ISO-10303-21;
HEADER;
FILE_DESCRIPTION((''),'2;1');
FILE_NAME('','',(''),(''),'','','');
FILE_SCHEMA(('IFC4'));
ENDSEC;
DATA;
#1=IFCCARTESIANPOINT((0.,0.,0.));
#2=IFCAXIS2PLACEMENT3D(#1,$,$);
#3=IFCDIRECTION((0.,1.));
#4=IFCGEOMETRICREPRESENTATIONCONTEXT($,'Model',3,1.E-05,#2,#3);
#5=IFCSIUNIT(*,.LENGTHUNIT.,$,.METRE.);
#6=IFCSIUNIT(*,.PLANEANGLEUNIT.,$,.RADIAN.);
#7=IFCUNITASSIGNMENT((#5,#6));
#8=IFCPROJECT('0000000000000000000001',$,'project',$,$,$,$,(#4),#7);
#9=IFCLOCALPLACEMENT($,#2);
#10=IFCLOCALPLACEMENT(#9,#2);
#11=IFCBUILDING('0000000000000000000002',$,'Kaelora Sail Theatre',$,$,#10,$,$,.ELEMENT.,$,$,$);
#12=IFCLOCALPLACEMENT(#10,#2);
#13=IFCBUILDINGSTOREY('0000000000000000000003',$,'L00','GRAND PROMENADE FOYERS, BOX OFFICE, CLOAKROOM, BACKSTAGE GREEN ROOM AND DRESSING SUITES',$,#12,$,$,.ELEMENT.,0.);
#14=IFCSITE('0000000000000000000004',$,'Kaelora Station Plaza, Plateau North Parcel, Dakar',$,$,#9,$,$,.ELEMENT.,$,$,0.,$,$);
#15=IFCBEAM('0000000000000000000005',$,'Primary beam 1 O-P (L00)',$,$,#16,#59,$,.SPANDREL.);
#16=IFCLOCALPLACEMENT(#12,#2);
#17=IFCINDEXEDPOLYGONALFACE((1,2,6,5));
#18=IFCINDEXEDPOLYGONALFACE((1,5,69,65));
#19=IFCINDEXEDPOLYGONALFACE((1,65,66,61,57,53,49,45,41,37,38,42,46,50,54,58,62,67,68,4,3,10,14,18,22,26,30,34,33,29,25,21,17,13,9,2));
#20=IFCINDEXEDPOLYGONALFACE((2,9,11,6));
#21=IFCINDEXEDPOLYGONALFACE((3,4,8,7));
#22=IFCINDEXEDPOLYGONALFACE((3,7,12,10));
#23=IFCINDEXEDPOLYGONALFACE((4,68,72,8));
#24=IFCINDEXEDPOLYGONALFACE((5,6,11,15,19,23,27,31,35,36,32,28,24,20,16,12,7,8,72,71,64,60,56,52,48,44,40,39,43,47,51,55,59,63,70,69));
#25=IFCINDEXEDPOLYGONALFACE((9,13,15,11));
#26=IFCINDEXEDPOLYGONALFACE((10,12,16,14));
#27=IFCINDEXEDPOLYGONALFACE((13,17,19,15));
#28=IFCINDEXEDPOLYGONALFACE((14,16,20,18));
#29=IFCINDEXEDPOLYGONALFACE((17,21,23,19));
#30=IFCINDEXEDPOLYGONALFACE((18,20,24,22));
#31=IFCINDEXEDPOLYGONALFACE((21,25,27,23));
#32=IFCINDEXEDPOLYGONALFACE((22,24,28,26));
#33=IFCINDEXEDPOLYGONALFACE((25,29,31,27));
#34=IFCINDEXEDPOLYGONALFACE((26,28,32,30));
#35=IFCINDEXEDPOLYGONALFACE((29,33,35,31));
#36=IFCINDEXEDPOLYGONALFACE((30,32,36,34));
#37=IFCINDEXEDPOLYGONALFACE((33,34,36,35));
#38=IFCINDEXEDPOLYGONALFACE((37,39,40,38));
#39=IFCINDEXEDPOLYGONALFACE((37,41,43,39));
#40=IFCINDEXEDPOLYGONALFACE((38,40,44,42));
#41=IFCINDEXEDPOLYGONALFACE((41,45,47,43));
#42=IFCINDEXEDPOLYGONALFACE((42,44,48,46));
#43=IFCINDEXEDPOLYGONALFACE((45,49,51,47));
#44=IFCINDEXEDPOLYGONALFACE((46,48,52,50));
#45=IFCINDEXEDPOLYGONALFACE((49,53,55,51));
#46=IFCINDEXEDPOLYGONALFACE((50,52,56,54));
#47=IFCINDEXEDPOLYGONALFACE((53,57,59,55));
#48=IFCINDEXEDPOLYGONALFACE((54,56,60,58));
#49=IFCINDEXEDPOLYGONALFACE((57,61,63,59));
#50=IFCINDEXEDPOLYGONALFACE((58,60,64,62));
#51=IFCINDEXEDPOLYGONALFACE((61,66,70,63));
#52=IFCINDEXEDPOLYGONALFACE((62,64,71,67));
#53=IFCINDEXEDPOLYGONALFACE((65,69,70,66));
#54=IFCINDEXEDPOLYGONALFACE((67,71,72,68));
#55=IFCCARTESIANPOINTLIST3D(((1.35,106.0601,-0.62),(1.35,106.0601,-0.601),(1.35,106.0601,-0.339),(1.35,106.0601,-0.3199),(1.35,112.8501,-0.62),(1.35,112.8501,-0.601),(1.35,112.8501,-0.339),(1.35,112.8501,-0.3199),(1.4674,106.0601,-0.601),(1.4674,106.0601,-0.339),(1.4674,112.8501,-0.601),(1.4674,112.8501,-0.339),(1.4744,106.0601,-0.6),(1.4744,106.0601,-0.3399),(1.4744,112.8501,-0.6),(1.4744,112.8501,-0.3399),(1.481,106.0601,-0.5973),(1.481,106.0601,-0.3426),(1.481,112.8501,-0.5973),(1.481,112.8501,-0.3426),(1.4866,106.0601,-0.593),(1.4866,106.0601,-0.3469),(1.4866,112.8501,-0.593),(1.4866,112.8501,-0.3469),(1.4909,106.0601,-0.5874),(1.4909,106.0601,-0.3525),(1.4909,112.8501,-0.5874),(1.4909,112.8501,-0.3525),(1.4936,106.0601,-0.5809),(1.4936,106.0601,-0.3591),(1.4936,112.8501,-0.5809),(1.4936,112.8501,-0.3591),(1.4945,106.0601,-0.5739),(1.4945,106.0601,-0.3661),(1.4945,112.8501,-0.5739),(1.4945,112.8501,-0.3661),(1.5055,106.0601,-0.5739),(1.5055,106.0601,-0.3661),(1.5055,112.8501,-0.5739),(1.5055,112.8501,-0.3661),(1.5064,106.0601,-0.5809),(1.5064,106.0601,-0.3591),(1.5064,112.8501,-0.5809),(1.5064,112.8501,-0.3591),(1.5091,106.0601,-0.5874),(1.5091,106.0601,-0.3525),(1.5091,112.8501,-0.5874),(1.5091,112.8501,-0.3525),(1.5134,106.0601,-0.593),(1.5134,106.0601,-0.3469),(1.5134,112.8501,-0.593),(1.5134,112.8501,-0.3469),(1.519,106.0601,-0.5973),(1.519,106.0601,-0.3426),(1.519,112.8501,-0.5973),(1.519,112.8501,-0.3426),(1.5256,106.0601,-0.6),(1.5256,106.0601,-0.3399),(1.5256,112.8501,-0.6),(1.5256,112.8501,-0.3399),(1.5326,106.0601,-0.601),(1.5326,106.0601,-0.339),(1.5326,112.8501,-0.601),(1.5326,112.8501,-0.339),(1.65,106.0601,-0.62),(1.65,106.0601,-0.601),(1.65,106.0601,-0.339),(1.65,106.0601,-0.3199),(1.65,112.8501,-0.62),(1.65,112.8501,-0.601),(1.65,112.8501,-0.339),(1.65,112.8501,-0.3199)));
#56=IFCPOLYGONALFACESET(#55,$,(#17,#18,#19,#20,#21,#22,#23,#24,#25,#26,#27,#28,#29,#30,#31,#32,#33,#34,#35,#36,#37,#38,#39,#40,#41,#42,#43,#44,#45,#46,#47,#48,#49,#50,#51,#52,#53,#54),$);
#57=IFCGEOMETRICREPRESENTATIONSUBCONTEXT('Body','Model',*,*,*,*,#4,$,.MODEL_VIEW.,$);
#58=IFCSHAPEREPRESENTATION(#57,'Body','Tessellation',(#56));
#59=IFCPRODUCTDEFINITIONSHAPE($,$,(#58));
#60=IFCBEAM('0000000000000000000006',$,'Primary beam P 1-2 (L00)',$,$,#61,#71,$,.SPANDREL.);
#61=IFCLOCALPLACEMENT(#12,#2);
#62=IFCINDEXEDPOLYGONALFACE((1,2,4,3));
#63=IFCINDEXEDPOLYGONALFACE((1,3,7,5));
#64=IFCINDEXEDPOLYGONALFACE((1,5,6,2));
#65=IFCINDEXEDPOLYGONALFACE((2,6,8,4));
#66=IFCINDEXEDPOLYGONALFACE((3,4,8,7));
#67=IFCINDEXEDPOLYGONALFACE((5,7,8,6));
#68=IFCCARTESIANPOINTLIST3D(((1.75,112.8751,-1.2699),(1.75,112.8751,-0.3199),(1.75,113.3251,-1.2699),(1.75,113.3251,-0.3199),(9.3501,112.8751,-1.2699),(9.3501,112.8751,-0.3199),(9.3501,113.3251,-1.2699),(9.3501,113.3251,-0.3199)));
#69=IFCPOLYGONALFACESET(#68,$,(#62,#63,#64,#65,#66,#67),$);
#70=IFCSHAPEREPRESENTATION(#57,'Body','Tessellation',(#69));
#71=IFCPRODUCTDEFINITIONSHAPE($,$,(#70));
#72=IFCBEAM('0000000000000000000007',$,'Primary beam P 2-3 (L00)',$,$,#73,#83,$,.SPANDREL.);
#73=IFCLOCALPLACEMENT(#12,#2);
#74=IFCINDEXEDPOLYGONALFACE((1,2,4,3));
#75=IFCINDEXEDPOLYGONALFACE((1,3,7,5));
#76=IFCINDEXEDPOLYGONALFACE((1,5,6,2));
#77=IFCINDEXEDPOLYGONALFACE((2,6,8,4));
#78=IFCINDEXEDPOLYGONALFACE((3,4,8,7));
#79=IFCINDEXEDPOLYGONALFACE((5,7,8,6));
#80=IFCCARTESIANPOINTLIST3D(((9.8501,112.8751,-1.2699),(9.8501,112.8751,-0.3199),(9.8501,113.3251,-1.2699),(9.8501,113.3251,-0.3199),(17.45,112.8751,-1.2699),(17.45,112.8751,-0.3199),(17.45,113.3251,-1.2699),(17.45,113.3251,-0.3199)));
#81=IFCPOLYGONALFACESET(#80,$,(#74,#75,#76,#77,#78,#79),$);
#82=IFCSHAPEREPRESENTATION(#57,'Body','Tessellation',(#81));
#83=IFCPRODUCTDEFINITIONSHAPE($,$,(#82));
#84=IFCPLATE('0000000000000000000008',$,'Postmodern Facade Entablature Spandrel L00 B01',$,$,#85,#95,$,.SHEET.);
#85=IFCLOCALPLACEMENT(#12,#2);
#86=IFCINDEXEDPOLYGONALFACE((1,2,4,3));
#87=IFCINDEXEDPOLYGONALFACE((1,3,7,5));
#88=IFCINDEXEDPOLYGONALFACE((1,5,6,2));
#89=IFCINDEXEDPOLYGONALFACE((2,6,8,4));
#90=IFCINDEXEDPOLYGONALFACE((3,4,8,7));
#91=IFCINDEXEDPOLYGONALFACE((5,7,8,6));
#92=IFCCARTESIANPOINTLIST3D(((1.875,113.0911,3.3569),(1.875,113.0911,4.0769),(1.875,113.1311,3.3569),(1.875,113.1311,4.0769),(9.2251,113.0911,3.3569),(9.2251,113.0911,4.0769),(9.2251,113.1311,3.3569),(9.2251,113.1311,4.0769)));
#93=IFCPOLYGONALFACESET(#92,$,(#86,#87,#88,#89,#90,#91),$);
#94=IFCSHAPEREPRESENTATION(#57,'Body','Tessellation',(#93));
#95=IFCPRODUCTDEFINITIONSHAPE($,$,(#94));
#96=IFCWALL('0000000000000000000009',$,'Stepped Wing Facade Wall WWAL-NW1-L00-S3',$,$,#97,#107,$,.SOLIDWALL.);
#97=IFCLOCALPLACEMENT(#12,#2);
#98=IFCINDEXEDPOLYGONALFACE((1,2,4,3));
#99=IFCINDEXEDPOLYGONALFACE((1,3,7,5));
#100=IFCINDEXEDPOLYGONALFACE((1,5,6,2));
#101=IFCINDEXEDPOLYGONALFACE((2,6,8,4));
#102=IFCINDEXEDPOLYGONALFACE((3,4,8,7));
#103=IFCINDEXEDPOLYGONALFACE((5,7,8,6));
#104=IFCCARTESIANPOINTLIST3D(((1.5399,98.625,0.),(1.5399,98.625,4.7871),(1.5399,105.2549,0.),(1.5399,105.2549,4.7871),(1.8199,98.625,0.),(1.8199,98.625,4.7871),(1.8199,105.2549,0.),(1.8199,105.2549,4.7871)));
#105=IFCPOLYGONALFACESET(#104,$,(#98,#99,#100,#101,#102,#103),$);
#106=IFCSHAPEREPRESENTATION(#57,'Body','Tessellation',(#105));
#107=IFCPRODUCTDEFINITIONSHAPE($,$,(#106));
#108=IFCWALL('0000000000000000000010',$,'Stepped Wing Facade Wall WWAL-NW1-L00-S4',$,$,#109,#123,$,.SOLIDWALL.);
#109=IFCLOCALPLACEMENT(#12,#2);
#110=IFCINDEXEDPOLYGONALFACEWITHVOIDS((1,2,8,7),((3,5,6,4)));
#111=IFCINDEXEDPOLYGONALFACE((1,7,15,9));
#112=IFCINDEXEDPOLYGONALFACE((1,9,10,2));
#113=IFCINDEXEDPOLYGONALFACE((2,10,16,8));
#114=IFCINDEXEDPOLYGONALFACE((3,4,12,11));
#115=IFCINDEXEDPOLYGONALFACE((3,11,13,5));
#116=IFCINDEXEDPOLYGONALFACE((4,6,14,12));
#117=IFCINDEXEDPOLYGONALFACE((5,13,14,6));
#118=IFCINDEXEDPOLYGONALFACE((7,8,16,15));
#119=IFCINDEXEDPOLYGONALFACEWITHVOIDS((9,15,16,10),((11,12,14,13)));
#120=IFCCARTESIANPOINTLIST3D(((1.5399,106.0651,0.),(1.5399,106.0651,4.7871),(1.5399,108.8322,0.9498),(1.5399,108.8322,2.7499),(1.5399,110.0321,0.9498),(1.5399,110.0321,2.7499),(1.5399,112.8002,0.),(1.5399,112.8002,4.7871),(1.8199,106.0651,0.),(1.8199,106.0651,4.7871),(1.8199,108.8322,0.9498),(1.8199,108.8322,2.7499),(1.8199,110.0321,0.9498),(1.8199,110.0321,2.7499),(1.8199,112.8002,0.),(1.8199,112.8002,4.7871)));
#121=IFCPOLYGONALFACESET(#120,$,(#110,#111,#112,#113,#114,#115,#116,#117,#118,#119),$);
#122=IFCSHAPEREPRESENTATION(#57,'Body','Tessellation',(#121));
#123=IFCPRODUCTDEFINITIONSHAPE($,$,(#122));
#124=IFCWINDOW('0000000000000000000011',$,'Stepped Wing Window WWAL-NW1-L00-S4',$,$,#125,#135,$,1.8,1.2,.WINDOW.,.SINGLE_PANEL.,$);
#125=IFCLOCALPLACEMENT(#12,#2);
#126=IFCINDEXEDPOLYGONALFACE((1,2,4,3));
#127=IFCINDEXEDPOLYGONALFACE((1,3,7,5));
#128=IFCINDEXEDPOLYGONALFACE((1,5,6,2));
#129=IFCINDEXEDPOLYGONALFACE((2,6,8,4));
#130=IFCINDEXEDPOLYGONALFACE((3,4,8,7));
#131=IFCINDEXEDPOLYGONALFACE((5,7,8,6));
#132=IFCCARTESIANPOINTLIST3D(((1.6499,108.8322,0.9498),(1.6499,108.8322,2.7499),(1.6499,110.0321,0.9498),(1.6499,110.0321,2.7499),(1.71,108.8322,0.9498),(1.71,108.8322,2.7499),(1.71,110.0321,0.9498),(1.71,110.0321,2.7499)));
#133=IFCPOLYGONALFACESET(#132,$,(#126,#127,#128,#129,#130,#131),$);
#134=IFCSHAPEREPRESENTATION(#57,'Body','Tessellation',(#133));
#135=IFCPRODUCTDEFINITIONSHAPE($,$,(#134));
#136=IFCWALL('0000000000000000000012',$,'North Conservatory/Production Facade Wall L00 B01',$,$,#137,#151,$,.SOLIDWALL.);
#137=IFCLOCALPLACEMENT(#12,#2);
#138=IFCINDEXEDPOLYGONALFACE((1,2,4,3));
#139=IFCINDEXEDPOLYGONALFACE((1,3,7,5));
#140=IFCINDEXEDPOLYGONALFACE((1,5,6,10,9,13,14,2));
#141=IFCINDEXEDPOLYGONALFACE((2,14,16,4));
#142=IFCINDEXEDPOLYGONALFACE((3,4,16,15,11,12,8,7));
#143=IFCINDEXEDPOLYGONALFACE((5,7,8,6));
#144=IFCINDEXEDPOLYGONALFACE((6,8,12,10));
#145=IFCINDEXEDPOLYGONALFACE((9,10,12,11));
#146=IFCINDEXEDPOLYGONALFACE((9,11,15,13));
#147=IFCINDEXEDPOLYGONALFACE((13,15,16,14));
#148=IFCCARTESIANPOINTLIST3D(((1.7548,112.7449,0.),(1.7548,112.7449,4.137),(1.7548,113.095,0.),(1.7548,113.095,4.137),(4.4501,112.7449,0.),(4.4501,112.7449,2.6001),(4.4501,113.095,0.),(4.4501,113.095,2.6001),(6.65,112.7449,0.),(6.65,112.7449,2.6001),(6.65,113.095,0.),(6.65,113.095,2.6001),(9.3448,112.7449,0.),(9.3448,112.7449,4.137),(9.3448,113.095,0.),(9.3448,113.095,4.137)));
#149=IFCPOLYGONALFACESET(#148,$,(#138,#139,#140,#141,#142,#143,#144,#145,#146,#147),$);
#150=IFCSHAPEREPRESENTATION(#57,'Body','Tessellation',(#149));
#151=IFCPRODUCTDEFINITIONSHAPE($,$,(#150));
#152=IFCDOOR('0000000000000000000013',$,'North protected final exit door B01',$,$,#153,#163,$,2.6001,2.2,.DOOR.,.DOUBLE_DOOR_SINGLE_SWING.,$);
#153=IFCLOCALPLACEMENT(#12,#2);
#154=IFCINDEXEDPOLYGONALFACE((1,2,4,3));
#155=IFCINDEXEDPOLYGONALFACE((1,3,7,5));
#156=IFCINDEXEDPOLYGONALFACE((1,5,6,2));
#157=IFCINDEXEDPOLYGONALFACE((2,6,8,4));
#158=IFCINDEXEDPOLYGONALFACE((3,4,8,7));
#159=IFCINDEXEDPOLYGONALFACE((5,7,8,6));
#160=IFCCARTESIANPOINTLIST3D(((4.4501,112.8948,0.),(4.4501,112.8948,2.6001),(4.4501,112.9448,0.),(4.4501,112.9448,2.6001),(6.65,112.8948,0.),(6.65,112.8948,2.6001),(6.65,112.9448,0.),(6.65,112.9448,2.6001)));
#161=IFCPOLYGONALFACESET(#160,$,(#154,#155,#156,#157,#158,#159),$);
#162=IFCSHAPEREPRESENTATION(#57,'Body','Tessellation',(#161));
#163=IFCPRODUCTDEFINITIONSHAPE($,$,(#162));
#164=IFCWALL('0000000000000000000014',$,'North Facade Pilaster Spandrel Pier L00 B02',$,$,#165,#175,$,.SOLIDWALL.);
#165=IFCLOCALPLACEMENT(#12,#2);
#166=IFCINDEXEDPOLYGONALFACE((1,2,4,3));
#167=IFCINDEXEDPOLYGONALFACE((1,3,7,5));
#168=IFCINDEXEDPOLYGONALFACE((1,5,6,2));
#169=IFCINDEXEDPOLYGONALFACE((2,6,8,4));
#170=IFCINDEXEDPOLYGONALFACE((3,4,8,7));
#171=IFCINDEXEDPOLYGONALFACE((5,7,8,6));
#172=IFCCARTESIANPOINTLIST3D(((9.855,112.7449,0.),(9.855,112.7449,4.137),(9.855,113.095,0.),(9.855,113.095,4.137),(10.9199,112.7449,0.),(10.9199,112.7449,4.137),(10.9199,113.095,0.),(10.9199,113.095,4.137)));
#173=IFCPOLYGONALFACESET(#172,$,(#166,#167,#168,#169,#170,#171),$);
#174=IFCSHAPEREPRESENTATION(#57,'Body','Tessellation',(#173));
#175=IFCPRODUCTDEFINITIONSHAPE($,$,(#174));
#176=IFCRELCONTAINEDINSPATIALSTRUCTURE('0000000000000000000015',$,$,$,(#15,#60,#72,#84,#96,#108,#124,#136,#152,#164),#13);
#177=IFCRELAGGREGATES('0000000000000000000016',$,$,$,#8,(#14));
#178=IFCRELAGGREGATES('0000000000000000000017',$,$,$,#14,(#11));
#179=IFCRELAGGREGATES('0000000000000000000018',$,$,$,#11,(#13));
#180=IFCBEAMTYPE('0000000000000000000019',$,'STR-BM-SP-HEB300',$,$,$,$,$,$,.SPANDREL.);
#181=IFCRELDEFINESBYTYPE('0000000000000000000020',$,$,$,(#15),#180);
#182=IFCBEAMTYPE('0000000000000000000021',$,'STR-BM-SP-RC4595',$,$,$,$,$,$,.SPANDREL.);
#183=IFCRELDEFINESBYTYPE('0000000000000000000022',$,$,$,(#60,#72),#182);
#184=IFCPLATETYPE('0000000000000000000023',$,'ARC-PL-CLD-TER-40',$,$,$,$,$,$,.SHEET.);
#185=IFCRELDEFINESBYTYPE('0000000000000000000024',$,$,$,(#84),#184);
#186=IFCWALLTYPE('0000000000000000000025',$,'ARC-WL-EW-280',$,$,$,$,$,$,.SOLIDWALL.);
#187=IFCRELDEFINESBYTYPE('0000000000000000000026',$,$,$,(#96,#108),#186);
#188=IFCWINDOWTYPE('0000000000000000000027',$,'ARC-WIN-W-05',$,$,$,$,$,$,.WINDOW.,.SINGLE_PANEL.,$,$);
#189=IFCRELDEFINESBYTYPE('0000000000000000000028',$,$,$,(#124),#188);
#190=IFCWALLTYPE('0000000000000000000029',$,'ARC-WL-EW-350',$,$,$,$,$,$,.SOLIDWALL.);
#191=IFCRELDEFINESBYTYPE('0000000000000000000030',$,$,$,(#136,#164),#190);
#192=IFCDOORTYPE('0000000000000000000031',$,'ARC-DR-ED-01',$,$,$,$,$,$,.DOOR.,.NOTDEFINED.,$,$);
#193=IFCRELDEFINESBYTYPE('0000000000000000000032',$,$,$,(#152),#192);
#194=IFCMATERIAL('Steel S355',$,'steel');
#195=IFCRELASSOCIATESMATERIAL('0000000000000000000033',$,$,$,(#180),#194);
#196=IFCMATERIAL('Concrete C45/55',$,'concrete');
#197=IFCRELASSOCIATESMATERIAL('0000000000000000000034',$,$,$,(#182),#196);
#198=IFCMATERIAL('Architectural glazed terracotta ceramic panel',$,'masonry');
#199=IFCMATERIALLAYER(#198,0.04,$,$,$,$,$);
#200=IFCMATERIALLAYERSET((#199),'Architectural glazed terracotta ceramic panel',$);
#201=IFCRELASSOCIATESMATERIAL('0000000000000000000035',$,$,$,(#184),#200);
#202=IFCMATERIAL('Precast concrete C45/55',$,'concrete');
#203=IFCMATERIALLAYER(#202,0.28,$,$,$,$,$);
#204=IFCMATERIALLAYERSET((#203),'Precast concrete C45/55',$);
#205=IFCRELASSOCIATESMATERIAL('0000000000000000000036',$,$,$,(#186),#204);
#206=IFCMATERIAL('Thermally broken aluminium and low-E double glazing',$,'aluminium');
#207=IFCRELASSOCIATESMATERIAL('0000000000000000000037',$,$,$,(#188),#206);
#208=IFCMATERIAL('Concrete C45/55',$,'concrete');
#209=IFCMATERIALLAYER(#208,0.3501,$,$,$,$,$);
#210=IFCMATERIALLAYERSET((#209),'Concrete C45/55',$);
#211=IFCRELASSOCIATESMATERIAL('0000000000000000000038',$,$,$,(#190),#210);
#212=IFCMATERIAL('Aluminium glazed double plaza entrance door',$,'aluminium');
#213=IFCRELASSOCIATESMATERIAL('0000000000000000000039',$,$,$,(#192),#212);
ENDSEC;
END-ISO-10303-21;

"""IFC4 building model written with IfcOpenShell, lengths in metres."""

from ifc_helpers import new_model, si_unit, direction, frame, frame_2d, origin, origin_2d, place, context, subcontext, project, spatial, rectangle, i_section, extrude, material, layer, layer_set, material_profile, profile_set, type_object, element, fill, save


model = new_model("IFC4")

# Units and contexts
model_context = context("Model", 3, precision=1e-05, world=origin(), true_north=direction((0.0, 1.0)))
body_context = subcontext(model_context, "Body", "Model", "MODEL_VIEW")
ifc_project = project(units=[si_unit("LENGTHUNIT", "METRE"), si_unit("PLANEANGLEUNIT", "RADIAN")], contexts=[model_context])

# Site, building, storey
site_placement = place(None, origin())
site = spatial("IfcSite", under=ifc_project, at=site_placement, Name="Kaelora Station Plaza, Plateau North Parcel, Dakar", CompositionType="ELEMENT", RefElevation=0.0)
building_placement = place(site_placement, origin())
building = spatial("IfcBuilding", under=site, at=building_placement, Name="Kaelora Sail Theatre", CompositionType="ELEMENT")
storey_placement = place(building_placement, origin())
storey = spatial("IfcBuildingStorey", under=building, at=storey_placement, Name="L00", Description="GRAND PROMENADE FOYERS, BOX OFFICE, CLOAKROOM, BACKSTAGE GREEN ROOM AND DRESSING SUITES", CompositionType="ELEMENT", Elevation=0.0)

# Beams
ifc_material_1 = material(Name="Steel S355", Category="steel")
ifc_material_profile_1 = material_profile(ifc_material_1, i_section(OverallWidth=0.3, OverallDepth=0.3, WebThickness=0.011, FlangeThickness=0.019, FilletRadius=0.0271, at=origin_2d()), Name="HEB 300")
ifc_profile_set_1 = profile_set([ifc_material_profile_1], Name="Steel S355")
beam_type_1 = type_object("IfcBeamType", Name="STR-BM-SP-HEB300", PredefinedType="SPANDREL", material=ifc_profile_set_1)
beam_1_placement = place(storey_placement, frame((1.5, 106.0601, -0.47), z_axis=(0.0, 1.0, 0.0), x_axis=(-1.0, 0.0, 0.0)))
element("IfcBeam", 1, at=beam_1_placement, inside=storey, type_object=beam_type_1, Name="Primary beam 1 O-P (L00)", PredefinedType="SPANDREL", context=body_context, shape_type="SweptSolid", body=[
    extrude(i_section(OverallWidth=0.3, OverallDepth=0.3, WebThickness=0.011, FlangeThickness=0.019, FilletRadius=0.0271, at=origin_2d()), origin(), (0.0, 0.0, 1.0), 6.79),
])
ifc_material_2 = material(Name="Concrete C45/55", Category="concrete")
ifc_material_profile_2 = material_profile(ifc_material_2, rectangle(XDim=0.45, YDim=0.95, at=origin_2d()), Name="RC-SPN 450x950")
ifc_profile_set_2 = profile_set([ifc_material_profile_2], Name="Concrete C45/55")
beam_type_2 = type_object("IfcBeamType", Name="STR-BM-SP-RC4595", PredefinedType="SPANDREL", material=ifc_profile_set_2)
beam_2_placement = place(storey_placement, frame((1.75, 113.1001, -0.7949), z_axis=(1.0, 0.0, 0.0), x_axis=(0.0, 1.0, 0.0)))
element("IfcBeam", 2, at=beam_2_placement, inside=storey, type_object=beam_type_2, Name="Primary beam P 1-2 (L00)", PredefinedType="SPANDREL", context=body_context, shape_type="SweptSolid", body=[
    extrude(rectangle(XDim=0.45, YDim=0.95, at=origin_2d()), origin(), (0.0, 0.0, 1.0), 7.6001),
])
beam_3_placement = place(storey_placement, frame((9.8501, 113.1001, -0.7949), z_axis=(1.0, 0.0, 0.0), x_axis=(0.0, 1.0, 0.0)))
element("IfcBeam", 3, at=beam_3_placement, inside=storey, type_object=beam_type_2, Name="Primary beam P 2-3 (L00)", PredefinedType="SPANDREL", context=body_context, shape_type="SweptSolid", body=[
    extrude(rectangle(XDim=0.45, YDim=0.95, at=origin_2d()), origin(), (0.0, 0.0, 1.0), 7.5999),
])

# Plate
ifc_material_3 = material(Name="Architectural glazed terracotta ceramic panel", Category="masonry")
ifc_layer_1 = layer(ifc_material_3, 0.04)
ifc_layer_set_1 = layer_set([ifc_layer_1], Name="Architectural glazed terracotta ceramic panel")
plate_type = type_object("IfcPlateType", Name="ARC-PL-CLD-TER-40", PredefinedType="SHEET", material=ifc_layer_set_1)
plate_placement = place(storey_placement, frame((5.55, 113.1111, 3.3569), z_axis=(0.0, 0.0, 1.0), x_axis=(1.0, 0.0, 0.0)))
element("IfcPlate", 4, at=plate_placement, inside=storey, type_object=plate_type, Name="Postmodern Facade Entablature Spandrel L00 B01", PredefinedType="SHEET", context=body_context, shape_type="SweptSolid", body=[
    extrude(rectangle(XDim=7.3501, YDim=0.04, at=origin_2d()), origin(), (0.0, 0.0, 1.0), 0.72),
])

# Wall
ifc_material_4 = material(Name="Precast concrete C45/55", Category="concrete")
ifc_layer_2 = layer(ifc_material_4, 0.28)
ifc_layer_set_2 = layer_set([ifc_layer_2], Name="Precast concrete C45/55")
wall_type_1 = type_object("IfcWallType", Name="ARC-WL-EW-280", PredefinedType="SOLIDWALL", material=ifc_layer_set_2)
wall_1_placement = place(storey_placement, frame((1.6799, 98.625, 0.0), z_axis=(0.0, 0.0, 1.0), x_axis=(0.0, 1.0, 0.0)))
element("IfcWall", 5, at=wall_1_placement, inside=storey, type_object=wall_type_1, Name="Stepped Wing Facade Wall WWAL-NW1-L00-S3", PredefinedType="SOLIDWALL", context=body_context, shape_type="SweptSolid", body=[
    extrude(rectangle(XDim=6.6299, YDim=0.28, at=frame_2d((3.3149, 0.0))), origin(), (0.0, 0.0, 1.0), 4.7871),
])

# Wall, opening, window
wall_2_placement = place(storey_placement, frame((1.6799, 106.0649, 0.0), z_axis=(0.0, 0.0, 1.0), x_axis=(0.0, 1.0, 0.0)))
wall_2 = element("IfcWall", 6, at=wall_2_placement, inside=storey, type_object=wall_type_1, Name="Stepped Wing Facade Wall WWAL-NW1-L00-S4", PredefinedType="SOLIDWALL", context=body_context, shape_type="SweptSolid", body=[
    extrude(rectangle(XDim=6.7351, YDim=0.28, at=frame_2d((3.3677, 0.0))), origin(), (0.0, 0.0, 1.0), 4.7871),
])
opening_1_placement = place(wall_2_placement, frame((2.7671, 0.0, 0.95)))
opening_1 = element("IfcOpeningElement", 7, at=opening_1_placement, cuts=wall_2, PredefinedType="OPENING", context=body_context, shape_type="SweptSolid", body=[
    extrude(rectangle(XDim=1.2, YDim=1.8, at=frame_2d((0.6001, 0.8999))), frame((0.0, 0.1501, 0.0), z_axis=(0.0, -1.0, 0.0), x_axis=(1.0, 0.0, 0.0)), (0.0, 0.0, 1.0), 0.3),
])
ifc_material_5 = material(Name="Thermally broken aluminium and low-E double glazing", Category="aluminium")
window_type = type_object("IfcWindowType", Name="ARC-WIN-W-05", PartitioningType="SINGLE_PANEL", PredefinedType="WINDOW", material=ifc_material_5)
window_placement = place(opening_1_placement, origin())
window = element("IfcWindow", 8, at=window_placement, inside=storey, type_object=window_type, Name="Stepped Wing Window WWAL-NW1-L00-S4", OverallHeight=1.8, OverallWidth=1.2, PartitioningType="SINGLE_PANEL", PredefinedType="WINDOW", context=body_context, shape_type="SweptSolid", body=[
    extrude(rectangle(XDim=1.2, YDim=1.8, at=frame_2d((0.6001, 0.8999))), frame((0.0, 0.03, 0.0), z_axis=(0.0, -1.0, 0.0), x_axis=(1.0, 0.0, 0.0)), (0.0, 0.0, 1.0), 0.0601),
])
fill(opening_1, window)

# Wall, opening, door
ifc_material_6 = material(Name="Concrete C45/55", Category="concrete")
ifc_layer_3 = layer(ifc_material_6, 0.3501)
ifc_layer_set_3 = layer_set([ifc_layer_3], Name="Concrete C45/55")
wall_type_2 = type_object("IfcWallType", Name="ARC-WL-EW-350", PredefinedType="SOLIDWALL", material=ifc_layer_set_3)
wall_3_placement = place(storey_placement, frame((1.7549, 112.9199, 0.0), z_axis=(0.0, 0.0, 1.0), x_axis=(1.0, 0.0, 0.0)))
wall_3 = element("IfcWall", 9, at=wall_3_placement, inside=storey, type_object=wall_type_2, Name="North Conservatory/Production Facade Wall L00 B01", PredefinedType="SOLIDWALL", context=body_context, shape_type="SweptSolid", body=[
    extrude(rectangle(XDim=7.5901, YDim=0.3501, at=frame_2d((3.7949, 0.0))), origin(), (0.0, 0.0, 1.0), 4.137),
])
opening_2_placement = place(wall_3_placement, frame((2.6951, 0.0, 0.0)))
opening_2 = element("IfcOpeningElement", 10, at=opening_2_placement, cuts=wall_3, PredefinedType="OPENING", context=body_context, shape_type="SweptSolid", body=[
    extrude(rectangle(XDim=2.2, YDim=2.6001, at=frame_2d((1.1001, 1.3))), frame((0.0, 0.185, 0.0), z_axis=(0.0, -1.0, 0.0), x_axis=(1.0, 0.0, 0.0)), (0.0, 0.0, 1.0), 0.3701),
])
ifc_material_7 = material(Name="Aluminium glazed double plaza entrance door", Category="aluminium")
door_type = type_object("IfcDoorType", Name="ARC-DR-ED-01", OperationType="NOTDEFINED", PredefinedType="DOOR", material=ifc_material_7)
door_placement = place(opening_2_placement, origin())
door = element("IfcDoor", 11, at=door_placement, inside=storey, type_object=door_type, Name="North protected final exit door B01", OperationType="DOUBLE_DOOR_SINGLE_SWING", OverallHeight=2.6001, OverallWidth=2.2, PredefinedType="DOOR", context=body_context, shape_type="SweptSolid", body=[
    extrude(rectangle(XDim=2.2, YDim=2.6001, at=frame_2d((1.1001, 1.3))), frame((0.0, 0.0249, 0.0), z_axis=(0.0, -1.0, 0.0), x_axis=(1.0, 0.0, 0.0)), (0.0, 0.0, 1.0), 0.05),
])
fill(opening_2, door)

# Wall
wall_4_placement = place(storey_placement, frame((9.855, 112.9199, 0.0), z_axis=(0.0, 0.0, 1.0), x_axis=(1.0, 0.0, 0.0)))
element("IfcWall", 12, at=wall_4_placement, inside=storey, type_object=wall_type_2, Name="North Facade Pilaster Spandrel Pier L00 B02", PredefinedType="SOLIDWALL", context=body_context, shape_type="SweptSolid", body=[
    extrude(rectangle(XDim=1.0649, YDim=0.3501, at=frame_2d((0.5325, 0.0))), origin(), (0.0, 0.0, 1.0), 4.137),
])

save(model, "model.ifc")
